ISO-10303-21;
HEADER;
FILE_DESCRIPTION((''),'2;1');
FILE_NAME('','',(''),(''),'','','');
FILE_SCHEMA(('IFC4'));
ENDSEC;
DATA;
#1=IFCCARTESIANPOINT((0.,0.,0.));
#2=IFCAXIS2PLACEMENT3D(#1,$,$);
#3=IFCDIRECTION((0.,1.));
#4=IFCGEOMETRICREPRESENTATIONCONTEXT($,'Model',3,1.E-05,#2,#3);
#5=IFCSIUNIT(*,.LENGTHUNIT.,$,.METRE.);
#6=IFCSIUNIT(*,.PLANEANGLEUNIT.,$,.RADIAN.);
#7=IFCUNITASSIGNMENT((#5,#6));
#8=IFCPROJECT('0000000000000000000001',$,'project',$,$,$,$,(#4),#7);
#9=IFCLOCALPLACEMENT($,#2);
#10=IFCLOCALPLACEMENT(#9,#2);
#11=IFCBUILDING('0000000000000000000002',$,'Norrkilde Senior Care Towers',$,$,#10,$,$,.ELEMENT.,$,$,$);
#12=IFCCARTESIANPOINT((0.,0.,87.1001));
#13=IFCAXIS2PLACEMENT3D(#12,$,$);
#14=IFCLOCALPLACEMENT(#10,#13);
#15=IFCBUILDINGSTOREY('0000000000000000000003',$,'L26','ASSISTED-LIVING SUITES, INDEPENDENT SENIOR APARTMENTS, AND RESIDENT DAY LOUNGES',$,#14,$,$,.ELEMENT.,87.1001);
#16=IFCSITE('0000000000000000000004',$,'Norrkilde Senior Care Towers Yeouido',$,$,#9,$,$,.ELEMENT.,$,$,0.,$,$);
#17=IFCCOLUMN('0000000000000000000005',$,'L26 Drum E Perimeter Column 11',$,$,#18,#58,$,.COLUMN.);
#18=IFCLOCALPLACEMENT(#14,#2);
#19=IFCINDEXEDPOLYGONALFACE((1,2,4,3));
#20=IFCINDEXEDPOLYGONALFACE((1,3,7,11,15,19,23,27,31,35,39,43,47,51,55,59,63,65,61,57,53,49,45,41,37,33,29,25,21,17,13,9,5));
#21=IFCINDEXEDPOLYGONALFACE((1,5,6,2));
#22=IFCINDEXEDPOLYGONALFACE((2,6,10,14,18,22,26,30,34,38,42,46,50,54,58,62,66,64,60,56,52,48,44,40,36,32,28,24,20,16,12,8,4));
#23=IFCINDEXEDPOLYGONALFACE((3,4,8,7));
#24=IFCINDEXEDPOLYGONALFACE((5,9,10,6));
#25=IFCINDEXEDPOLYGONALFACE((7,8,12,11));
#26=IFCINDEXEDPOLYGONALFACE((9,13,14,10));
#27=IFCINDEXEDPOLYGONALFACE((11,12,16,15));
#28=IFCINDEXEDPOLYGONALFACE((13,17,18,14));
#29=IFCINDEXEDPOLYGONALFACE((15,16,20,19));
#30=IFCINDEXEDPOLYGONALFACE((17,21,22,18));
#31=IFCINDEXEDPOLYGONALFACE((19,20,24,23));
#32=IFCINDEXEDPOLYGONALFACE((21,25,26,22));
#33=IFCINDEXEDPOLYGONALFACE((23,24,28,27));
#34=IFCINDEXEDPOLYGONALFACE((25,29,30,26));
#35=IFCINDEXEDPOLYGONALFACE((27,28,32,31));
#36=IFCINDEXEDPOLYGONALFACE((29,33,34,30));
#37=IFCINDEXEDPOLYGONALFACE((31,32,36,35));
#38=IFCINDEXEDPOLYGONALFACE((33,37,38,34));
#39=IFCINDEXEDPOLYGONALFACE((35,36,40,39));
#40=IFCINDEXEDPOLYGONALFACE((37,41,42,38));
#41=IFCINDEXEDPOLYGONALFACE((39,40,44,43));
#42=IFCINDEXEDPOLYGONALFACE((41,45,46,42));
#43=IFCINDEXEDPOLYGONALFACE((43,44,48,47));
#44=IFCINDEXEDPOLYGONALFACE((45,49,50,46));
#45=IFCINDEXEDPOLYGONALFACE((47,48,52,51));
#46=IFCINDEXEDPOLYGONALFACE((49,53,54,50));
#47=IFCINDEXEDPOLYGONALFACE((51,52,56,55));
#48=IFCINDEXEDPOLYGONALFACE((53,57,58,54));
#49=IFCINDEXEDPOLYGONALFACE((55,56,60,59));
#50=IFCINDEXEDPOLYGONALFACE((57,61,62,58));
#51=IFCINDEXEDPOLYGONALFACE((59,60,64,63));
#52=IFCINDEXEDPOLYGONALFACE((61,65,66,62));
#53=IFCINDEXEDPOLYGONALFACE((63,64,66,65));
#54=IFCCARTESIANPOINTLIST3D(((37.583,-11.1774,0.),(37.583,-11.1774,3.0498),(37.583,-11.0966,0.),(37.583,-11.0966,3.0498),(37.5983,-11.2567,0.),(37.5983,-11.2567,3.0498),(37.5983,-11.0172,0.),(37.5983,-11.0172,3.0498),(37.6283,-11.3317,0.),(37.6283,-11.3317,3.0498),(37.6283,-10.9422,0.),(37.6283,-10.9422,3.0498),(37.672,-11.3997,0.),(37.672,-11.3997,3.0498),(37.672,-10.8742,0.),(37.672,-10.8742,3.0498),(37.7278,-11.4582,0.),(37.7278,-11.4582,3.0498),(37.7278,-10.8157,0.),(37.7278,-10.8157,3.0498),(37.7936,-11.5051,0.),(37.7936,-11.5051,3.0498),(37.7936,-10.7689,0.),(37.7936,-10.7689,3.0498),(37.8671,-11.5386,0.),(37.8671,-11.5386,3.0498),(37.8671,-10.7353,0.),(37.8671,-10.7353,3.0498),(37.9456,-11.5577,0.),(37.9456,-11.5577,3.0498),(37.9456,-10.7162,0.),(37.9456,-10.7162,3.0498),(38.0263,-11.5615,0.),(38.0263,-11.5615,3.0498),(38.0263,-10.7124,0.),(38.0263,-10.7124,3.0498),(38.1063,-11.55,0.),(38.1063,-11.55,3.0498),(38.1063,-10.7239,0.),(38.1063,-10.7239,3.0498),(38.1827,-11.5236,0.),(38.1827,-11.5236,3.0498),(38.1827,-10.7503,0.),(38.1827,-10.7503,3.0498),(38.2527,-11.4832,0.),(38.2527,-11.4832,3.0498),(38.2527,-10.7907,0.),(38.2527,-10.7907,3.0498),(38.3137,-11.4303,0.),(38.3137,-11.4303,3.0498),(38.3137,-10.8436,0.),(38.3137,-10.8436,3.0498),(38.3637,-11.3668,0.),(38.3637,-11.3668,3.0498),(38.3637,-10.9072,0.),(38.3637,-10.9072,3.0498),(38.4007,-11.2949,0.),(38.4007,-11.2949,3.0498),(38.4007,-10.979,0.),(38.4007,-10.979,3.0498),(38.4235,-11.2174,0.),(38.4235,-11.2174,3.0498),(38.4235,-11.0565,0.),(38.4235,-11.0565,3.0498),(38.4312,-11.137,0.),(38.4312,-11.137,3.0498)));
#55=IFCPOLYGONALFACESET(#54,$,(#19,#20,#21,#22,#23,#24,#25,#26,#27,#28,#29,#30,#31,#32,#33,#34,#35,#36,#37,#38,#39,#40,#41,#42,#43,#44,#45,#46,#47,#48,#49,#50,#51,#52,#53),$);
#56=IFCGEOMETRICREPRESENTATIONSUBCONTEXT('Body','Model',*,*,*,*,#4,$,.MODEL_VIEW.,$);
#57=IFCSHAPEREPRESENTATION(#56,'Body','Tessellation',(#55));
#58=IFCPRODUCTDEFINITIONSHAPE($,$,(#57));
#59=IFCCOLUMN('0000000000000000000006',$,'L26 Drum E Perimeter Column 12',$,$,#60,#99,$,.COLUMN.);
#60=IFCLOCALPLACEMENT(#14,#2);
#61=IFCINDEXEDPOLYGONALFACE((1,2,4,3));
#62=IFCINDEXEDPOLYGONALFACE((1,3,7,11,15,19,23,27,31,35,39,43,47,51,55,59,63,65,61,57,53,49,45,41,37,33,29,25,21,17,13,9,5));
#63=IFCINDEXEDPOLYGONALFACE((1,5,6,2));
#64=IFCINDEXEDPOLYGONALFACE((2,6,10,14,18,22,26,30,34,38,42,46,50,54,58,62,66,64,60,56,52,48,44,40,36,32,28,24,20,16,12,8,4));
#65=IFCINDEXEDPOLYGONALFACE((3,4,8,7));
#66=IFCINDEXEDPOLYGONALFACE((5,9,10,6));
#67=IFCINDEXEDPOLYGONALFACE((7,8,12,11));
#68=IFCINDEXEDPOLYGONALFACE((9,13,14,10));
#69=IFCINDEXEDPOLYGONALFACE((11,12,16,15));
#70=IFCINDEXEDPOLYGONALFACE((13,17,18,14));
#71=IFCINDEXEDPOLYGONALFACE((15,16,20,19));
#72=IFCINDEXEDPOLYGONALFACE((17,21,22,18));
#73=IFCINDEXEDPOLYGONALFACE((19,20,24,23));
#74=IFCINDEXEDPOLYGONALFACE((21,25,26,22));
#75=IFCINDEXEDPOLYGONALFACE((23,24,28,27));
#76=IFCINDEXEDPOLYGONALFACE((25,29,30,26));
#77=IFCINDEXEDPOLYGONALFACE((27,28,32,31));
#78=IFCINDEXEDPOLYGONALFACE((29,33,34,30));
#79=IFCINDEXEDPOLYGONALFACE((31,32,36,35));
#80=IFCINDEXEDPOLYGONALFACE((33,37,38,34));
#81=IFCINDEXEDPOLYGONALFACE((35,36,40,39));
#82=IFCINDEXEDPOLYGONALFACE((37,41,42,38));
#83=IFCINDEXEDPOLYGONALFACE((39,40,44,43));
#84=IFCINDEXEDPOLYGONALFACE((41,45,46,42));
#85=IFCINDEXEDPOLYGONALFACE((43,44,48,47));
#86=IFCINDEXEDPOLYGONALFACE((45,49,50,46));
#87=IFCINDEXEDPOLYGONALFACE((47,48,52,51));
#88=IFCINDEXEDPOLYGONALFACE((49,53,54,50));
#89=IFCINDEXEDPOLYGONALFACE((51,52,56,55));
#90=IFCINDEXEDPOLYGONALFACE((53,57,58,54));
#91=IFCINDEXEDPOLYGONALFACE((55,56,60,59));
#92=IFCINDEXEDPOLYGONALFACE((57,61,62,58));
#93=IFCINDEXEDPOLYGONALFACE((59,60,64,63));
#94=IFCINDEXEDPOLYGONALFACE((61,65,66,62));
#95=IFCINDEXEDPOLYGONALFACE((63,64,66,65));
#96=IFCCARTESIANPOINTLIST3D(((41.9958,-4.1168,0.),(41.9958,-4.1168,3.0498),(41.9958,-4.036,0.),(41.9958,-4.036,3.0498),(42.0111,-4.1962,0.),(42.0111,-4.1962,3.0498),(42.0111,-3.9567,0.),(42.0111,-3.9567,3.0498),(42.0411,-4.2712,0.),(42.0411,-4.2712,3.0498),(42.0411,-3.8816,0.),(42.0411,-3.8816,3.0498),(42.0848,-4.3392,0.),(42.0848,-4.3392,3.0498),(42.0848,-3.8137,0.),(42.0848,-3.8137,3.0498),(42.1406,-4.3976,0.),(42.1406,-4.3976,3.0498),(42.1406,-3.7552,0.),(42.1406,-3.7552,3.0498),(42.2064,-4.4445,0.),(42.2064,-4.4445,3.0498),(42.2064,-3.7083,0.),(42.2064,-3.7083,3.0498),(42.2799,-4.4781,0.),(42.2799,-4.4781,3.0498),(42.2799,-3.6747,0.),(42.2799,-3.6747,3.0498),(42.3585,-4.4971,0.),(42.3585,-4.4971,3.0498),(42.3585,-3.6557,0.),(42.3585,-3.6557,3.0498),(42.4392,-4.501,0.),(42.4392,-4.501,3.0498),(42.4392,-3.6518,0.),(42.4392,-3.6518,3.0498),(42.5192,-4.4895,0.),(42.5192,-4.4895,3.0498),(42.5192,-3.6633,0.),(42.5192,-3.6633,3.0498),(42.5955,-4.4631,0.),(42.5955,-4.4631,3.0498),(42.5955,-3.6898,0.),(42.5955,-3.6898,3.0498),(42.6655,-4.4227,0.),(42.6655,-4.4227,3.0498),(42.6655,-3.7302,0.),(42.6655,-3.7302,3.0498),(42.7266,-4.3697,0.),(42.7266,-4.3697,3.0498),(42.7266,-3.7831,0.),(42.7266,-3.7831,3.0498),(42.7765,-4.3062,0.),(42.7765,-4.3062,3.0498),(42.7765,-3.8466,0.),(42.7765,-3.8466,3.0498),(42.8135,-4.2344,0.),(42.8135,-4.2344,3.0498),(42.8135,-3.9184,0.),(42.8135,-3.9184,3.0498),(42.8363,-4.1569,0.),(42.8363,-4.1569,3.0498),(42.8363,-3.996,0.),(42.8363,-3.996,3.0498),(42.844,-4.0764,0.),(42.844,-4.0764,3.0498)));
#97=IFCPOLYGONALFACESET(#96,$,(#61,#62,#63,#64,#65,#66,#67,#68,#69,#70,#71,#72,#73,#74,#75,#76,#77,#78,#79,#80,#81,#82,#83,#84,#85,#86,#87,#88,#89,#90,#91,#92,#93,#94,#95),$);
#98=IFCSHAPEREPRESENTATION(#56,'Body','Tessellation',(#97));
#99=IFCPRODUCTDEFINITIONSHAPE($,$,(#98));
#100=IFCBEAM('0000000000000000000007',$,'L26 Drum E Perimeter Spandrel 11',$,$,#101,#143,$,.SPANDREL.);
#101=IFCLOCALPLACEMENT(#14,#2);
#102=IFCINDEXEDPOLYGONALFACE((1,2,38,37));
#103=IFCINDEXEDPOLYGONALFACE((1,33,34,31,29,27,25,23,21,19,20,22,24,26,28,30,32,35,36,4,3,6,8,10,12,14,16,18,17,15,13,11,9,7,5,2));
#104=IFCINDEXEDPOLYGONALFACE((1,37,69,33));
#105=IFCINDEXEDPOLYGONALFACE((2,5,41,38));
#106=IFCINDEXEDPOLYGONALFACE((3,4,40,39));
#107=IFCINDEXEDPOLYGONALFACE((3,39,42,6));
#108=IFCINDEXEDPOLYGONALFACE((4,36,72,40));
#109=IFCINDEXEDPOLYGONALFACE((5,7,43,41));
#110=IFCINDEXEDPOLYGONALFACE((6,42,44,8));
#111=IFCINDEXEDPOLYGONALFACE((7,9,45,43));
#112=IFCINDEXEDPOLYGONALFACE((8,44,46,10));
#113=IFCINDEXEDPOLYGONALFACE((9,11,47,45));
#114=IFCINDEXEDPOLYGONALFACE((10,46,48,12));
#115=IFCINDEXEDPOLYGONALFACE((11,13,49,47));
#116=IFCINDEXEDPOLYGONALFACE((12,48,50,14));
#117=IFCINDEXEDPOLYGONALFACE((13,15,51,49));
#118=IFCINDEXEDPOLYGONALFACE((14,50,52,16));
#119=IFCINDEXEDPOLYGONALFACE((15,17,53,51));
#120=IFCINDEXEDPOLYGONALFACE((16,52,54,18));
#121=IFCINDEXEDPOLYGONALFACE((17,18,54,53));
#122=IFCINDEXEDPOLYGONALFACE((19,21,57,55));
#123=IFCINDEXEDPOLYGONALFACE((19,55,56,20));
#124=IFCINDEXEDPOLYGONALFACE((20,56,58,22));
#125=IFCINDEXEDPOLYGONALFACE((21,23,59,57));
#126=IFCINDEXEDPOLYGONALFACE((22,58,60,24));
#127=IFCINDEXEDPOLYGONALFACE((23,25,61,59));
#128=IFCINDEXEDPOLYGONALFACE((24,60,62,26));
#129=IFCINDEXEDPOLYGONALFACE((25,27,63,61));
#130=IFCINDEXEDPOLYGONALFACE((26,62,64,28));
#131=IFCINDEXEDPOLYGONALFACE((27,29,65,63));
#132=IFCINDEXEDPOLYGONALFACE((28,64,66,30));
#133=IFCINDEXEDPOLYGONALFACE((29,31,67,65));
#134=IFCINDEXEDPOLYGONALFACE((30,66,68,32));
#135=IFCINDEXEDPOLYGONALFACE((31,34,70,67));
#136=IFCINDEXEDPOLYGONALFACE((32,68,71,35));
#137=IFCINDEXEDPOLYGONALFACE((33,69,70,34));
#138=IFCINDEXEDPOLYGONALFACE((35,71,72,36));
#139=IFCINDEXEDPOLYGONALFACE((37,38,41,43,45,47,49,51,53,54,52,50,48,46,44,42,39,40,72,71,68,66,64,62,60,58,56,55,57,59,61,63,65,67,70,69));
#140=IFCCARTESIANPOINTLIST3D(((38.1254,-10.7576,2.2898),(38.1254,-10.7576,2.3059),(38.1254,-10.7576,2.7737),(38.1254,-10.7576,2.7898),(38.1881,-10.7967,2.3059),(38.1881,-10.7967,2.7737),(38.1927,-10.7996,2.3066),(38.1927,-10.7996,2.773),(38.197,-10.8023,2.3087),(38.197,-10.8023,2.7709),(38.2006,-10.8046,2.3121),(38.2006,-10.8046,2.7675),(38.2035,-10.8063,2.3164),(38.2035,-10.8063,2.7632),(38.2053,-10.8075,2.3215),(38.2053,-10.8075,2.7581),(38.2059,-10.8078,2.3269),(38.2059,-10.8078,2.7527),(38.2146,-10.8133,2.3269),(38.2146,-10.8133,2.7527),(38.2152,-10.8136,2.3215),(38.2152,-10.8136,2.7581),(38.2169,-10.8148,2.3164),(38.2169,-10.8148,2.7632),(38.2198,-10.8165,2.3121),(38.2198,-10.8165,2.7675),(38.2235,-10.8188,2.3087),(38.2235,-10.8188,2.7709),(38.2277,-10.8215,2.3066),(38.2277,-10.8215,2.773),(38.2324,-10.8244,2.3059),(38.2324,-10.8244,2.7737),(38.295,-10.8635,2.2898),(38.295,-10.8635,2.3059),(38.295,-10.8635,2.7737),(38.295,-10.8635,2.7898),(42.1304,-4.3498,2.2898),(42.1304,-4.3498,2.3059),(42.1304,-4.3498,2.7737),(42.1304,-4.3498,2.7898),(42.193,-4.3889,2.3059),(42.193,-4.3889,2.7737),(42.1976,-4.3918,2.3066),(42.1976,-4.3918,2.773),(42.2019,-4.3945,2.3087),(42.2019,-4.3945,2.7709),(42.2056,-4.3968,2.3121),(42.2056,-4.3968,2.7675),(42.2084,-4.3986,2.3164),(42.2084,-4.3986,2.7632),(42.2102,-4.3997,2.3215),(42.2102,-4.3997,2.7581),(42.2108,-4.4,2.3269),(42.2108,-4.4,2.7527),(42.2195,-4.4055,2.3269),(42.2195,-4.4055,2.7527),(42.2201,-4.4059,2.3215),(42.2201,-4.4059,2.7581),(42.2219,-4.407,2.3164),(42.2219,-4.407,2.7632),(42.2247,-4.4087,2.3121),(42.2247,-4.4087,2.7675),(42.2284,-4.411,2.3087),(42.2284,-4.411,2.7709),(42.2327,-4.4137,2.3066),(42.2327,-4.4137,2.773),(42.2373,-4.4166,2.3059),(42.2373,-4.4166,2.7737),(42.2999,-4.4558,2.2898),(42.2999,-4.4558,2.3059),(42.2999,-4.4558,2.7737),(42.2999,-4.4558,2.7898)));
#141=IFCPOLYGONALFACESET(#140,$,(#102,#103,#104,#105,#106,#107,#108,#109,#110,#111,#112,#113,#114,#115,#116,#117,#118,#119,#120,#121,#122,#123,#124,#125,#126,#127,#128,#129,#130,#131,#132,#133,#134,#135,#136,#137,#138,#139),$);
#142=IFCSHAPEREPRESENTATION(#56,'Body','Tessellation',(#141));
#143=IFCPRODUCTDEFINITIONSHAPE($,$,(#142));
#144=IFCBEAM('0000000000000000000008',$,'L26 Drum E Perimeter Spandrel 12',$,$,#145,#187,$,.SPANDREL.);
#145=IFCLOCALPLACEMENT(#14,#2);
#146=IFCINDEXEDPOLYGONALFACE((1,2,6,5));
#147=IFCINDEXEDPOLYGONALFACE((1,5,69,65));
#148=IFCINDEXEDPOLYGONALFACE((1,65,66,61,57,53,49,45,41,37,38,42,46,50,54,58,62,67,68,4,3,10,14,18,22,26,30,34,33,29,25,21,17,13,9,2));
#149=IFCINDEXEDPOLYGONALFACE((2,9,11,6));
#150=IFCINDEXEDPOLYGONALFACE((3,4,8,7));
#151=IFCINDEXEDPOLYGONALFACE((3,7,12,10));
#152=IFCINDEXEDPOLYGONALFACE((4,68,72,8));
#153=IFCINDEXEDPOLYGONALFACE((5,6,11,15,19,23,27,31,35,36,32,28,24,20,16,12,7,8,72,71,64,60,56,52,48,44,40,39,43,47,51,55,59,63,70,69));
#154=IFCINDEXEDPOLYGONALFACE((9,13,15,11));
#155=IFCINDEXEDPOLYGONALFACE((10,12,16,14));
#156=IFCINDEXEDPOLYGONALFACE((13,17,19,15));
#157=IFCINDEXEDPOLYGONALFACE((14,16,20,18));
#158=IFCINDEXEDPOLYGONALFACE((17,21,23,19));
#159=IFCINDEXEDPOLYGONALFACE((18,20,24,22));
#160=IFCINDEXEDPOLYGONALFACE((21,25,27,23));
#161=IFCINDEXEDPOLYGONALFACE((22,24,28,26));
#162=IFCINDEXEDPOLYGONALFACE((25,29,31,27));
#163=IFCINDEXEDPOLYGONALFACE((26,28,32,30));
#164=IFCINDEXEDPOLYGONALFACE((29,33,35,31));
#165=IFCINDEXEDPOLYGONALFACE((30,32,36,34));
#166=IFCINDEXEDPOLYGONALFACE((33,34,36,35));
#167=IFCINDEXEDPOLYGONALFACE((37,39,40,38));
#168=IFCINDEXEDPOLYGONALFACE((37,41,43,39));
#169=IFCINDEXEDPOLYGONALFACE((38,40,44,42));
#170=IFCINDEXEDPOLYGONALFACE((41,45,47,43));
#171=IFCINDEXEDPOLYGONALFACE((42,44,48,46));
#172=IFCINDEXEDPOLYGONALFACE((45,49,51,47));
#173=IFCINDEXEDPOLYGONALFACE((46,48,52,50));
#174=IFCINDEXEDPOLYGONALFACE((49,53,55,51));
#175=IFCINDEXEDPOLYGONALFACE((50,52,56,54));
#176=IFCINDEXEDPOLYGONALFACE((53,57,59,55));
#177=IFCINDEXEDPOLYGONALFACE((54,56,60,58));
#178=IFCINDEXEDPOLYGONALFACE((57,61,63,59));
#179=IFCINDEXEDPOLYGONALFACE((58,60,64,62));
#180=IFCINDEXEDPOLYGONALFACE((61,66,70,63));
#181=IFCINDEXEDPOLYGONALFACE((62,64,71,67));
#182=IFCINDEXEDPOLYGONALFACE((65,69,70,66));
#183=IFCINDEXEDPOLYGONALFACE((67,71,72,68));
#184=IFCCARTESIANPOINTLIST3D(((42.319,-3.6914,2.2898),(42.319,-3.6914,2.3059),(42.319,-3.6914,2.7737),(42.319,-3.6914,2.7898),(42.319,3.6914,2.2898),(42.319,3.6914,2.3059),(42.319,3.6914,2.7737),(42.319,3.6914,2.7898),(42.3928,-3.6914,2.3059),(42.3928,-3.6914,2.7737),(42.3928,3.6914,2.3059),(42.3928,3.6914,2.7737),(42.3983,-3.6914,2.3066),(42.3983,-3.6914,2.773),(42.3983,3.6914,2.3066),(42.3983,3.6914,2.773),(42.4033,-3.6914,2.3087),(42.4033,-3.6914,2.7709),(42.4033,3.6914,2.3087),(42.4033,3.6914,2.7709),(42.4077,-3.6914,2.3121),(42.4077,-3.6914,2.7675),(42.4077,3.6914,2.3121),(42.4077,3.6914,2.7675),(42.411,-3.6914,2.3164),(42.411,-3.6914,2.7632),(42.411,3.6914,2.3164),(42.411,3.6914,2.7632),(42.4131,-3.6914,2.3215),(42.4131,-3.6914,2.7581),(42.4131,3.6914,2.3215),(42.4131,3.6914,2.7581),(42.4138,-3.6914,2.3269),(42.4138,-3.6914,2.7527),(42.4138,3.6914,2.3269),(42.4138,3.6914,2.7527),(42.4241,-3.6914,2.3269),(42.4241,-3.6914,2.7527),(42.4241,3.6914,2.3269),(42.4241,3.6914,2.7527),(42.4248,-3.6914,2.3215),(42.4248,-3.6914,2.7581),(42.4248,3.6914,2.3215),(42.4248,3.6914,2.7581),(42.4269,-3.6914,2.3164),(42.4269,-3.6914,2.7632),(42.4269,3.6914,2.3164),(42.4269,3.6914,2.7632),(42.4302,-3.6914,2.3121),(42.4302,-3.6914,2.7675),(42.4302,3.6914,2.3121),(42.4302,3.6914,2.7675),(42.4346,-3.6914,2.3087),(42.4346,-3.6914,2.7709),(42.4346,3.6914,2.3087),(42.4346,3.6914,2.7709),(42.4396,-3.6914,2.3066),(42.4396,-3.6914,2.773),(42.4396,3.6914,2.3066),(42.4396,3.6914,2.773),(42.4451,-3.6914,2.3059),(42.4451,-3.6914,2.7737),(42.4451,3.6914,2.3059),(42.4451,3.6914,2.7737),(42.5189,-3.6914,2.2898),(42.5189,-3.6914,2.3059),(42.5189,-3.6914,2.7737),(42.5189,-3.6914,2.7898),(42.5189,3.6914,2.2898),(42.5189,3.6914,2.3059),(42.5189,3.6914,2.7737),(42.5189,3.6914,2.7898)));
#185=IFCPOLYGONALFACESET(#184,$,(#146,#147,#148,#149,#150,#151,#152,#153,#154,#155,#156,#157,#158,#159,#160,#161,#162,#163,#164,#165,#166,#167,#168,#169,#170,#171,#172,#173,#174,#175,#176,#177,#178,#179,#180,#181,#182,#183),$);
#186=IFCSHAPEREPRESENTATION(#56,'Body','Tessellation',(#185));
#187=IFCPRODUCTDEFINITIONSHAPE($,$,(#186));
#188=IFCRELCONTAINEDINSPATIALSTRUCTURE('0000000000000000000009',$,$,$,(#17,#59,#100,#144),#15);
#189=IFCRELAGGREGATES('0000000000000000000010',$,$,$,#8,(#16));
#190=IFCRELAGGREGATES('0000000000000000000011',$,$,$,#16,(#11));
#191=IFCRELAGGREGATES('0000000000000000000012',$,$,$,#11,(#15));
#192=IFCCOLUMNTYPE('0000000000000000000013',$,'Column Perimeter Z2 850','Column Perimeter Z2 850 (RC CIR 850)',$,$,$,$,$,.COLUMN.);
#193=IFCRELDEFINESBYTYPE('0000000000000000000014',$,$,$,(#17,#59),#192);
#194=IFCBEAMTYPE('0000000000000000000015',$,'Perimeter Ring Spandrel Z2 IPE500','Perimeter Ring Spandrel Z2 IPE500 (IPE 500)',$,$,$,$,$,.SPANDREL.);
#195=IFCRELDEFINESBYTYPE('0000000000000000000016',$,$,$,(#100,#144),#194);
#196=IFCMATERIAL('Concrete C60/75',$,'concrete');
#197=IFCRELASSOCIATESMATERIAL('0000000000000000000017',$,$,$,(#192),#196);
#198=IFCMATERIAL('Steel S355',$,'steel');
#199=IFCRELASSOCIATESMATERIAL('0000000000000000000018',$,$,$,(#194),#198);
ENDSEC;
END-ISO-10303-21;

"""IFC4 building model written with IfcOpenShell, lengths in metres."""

from ifc_helpers import new_model, si_unit, direction, frame, origin, origin_2d, place, context, subcontext, project, spatial, circle, i_section, extrude, source, transform, mapped, material, material_profile, profile_set, type_object, type_shapes, element, save


model = new_model("IFC4")

# Units and contexts
model_context = context("Model", 3, precision=1e-05, world=origin(), true_north=direction((0.0, 1.0)))
body_context = subcontext(model_context, "Body", "Model", "MODEL_VIEW")
ifc_project = project(units=[si_unit("LENGTHUNIT", "METRE"), si_unit("PLANEANGLEUNIT", "RADIAN")], contexts=[model_context])

# Site, building, storey
site_placement = place(None, origin())
site = spatial("IfcSite", under=ifc_project, at=site_placement, Name="Norrkilde Senior Care Towers Yeouido", CompositionType="ELEMENT", RefElevation=0.0)
building_placement = place(site_placement, origin())
building = spatial("IfcBuilding", under=site, at=building_placement, Name="Norrkilde Senior Care Towers", CompositionType="ELEMENT")
storey_placement = place(building_placement, frame((0.0, 0.0, 87.1001)))
storey = spatial("IfcBuildingStorey", under=building, at=storey_placement, Name="L26", Description="ASSISTED-LIVING SUITES, INDEPENDENT SENIOR APARTMENTS, AND RESIDENT DAY LOUNGES", CompositionType="ELEMENT", Elevation=87.1001)

# Columns
ifc_material_1 = material(Name="Concrete C60/75", Category="concrete")
ifc_material_profile_1 = material_profile(ifc_material_1, circle(Radius=0.425, at=origin_2d()), Name="RC CIR 850")
ifc_profile_set_1 = profile_set([ifc_material_profile_1], Name="Concrete C60/75")
column_type = type_object("IfcColumnType", Name="Column Perimeter Z2 850", Description="Column Perimeter Z2 850 (RC CIR 850)", PredefinedType="COLUMN", material=ifc_profile_set_1)
shared_shape_1 = source(origin(), body_context, "Body", "SweptSolid", [
    extrude(circle(Radius=0.425, at=origin_2d()), origin(), (0.0, 0.0, 1.0), 3.0498),
])
type_shapes(column_type, [shared_shape_1])
for number, where, z_axis, x_axis, name in (
    (1, (38.0061, -11.137, 0.0), (0.0, 0.0, 1.0), (1.0, 0.0, 0.0), "L26 Drum E Perimeter Column 11"),
    (2, (42.4189, -4.0764, 0.0), (0.0, 0.0, 1.0), (1.0, 0.0, 0.0), "L26 Drum E Perimeter Column 12"),
):
    element("IfcColumn", number, at=place(storey_placement, frame(where, z_axis=z_axis, x_axis=x_axis)), inside=storey, type_object=column_type, Name=name, PredefinedType="COLUMN", context=body_context, shape_type="MappedRepresentation", body=[
        mapped(shared_shape_1, transform((0.0, 0.0, 0.0), x_axis=(1.0, 0.0, 0.0), y_axis=(0.0, 1.0, 0.0), z_axis=(0.0, 0.0, 1.0), scale=1.0)),
    ])

# Beams
ifc_material_2 = material(Name="Steel S355", Category="steel")
ifc_material_profile_2 = material_profile(ifc_material_2, i_section(OverallWidth=0.2, OverallDepth=0.5, WebThickness=0.0103, FlangeThickness=0.0161, FilletRadius=0.021, at=origin_2d()), Name="IPE 500")
ifc_profile_set_2 = profile_set([ifc_material_profile_2], Name="Steel S355")
beam_type = type_object("IfcBeamType", Name="Perimeter Ring Spandrel Z2 IPE500", Description="Perimeter Ring Spandrel Z2 IPE500 (IPE 500)", PredefinedType="SPANDREL", material=ifc_profile_set_2)
shared_shape_2 = source(origin(), body_context, "Body", "SweptSolid", [
    extrude(i_section(OverallWidth=0.2, OverallDepth=0.5, WebThickness=0.0103, FlangeThickness=0.0161, FilletRadius=0.021, at=origin_2d()), origin(), (0.0, 0.0, 1.0), 7.5564),
])
beam_1_placement = place(storey_placement, frame((38.2102, -10.8105, 2.5398), z_axis=(0.530005, 0.847995, 0.0), x_axis=(-0.847995, 0.530005, 0.0)))
element("IfcBeam", 3, at=beam_1_placement, inside=storey, type_object=beam_type, Name="L26 Drum E Perimeter Spandrel 11", PredefinedType="SPANDREL", context=body_context, shape_type="MappedRepresentation", body=[
    mapped(shared_shape_2, transform((0.0, 0.0, 0.0), x_axis=(1.0, 0.0, 0.0), y_axis=(0.0, 1.0, 0.0), z_axis=(0.0, 0.0, 1.0), scale=1.0)),
])
shared_shape_3 = source(origin(), body_context, "Body", "SweptSolid", [
    extrude(i_section(OverallWidth=0.2, OverallDepth=0.5, WebThickness=0.0103, FlangeThickness=0.0161, FilletRadius=0.021, at=origin_2d()), origin(), (0.0, 0.0, 1.0), 7.3828),
])
type_shapes(beam_type, [shared_shape_2, shared_shape_3])
beam_2_placement = place(storey_placement, frame((42.4189, -3.6914, 2.5398), z_axis=(0.0, 1.0, 0.0), x_axis=(-1.0, 0.0, 0.0)))
element("IfcBeam", 4, at=beam_2_placement, inside=storey, type_object=beam_type, Name="L26 Drum E Perimeter Spandrel 12", PredefinedType="SPANDREL", context=body_context, shape_type="MappedRepresentation", body=[
    mapped(shared_shape_3, transform((0.0, 0.0, 0.0), x_axis=(1.0, 0.0, 0.0), y_axis=(0.0, 1.0, 0.0), z_axis=(0.0, 0.0, 1.0), scale=1.0)),
])

save(model, "model.ifc")
